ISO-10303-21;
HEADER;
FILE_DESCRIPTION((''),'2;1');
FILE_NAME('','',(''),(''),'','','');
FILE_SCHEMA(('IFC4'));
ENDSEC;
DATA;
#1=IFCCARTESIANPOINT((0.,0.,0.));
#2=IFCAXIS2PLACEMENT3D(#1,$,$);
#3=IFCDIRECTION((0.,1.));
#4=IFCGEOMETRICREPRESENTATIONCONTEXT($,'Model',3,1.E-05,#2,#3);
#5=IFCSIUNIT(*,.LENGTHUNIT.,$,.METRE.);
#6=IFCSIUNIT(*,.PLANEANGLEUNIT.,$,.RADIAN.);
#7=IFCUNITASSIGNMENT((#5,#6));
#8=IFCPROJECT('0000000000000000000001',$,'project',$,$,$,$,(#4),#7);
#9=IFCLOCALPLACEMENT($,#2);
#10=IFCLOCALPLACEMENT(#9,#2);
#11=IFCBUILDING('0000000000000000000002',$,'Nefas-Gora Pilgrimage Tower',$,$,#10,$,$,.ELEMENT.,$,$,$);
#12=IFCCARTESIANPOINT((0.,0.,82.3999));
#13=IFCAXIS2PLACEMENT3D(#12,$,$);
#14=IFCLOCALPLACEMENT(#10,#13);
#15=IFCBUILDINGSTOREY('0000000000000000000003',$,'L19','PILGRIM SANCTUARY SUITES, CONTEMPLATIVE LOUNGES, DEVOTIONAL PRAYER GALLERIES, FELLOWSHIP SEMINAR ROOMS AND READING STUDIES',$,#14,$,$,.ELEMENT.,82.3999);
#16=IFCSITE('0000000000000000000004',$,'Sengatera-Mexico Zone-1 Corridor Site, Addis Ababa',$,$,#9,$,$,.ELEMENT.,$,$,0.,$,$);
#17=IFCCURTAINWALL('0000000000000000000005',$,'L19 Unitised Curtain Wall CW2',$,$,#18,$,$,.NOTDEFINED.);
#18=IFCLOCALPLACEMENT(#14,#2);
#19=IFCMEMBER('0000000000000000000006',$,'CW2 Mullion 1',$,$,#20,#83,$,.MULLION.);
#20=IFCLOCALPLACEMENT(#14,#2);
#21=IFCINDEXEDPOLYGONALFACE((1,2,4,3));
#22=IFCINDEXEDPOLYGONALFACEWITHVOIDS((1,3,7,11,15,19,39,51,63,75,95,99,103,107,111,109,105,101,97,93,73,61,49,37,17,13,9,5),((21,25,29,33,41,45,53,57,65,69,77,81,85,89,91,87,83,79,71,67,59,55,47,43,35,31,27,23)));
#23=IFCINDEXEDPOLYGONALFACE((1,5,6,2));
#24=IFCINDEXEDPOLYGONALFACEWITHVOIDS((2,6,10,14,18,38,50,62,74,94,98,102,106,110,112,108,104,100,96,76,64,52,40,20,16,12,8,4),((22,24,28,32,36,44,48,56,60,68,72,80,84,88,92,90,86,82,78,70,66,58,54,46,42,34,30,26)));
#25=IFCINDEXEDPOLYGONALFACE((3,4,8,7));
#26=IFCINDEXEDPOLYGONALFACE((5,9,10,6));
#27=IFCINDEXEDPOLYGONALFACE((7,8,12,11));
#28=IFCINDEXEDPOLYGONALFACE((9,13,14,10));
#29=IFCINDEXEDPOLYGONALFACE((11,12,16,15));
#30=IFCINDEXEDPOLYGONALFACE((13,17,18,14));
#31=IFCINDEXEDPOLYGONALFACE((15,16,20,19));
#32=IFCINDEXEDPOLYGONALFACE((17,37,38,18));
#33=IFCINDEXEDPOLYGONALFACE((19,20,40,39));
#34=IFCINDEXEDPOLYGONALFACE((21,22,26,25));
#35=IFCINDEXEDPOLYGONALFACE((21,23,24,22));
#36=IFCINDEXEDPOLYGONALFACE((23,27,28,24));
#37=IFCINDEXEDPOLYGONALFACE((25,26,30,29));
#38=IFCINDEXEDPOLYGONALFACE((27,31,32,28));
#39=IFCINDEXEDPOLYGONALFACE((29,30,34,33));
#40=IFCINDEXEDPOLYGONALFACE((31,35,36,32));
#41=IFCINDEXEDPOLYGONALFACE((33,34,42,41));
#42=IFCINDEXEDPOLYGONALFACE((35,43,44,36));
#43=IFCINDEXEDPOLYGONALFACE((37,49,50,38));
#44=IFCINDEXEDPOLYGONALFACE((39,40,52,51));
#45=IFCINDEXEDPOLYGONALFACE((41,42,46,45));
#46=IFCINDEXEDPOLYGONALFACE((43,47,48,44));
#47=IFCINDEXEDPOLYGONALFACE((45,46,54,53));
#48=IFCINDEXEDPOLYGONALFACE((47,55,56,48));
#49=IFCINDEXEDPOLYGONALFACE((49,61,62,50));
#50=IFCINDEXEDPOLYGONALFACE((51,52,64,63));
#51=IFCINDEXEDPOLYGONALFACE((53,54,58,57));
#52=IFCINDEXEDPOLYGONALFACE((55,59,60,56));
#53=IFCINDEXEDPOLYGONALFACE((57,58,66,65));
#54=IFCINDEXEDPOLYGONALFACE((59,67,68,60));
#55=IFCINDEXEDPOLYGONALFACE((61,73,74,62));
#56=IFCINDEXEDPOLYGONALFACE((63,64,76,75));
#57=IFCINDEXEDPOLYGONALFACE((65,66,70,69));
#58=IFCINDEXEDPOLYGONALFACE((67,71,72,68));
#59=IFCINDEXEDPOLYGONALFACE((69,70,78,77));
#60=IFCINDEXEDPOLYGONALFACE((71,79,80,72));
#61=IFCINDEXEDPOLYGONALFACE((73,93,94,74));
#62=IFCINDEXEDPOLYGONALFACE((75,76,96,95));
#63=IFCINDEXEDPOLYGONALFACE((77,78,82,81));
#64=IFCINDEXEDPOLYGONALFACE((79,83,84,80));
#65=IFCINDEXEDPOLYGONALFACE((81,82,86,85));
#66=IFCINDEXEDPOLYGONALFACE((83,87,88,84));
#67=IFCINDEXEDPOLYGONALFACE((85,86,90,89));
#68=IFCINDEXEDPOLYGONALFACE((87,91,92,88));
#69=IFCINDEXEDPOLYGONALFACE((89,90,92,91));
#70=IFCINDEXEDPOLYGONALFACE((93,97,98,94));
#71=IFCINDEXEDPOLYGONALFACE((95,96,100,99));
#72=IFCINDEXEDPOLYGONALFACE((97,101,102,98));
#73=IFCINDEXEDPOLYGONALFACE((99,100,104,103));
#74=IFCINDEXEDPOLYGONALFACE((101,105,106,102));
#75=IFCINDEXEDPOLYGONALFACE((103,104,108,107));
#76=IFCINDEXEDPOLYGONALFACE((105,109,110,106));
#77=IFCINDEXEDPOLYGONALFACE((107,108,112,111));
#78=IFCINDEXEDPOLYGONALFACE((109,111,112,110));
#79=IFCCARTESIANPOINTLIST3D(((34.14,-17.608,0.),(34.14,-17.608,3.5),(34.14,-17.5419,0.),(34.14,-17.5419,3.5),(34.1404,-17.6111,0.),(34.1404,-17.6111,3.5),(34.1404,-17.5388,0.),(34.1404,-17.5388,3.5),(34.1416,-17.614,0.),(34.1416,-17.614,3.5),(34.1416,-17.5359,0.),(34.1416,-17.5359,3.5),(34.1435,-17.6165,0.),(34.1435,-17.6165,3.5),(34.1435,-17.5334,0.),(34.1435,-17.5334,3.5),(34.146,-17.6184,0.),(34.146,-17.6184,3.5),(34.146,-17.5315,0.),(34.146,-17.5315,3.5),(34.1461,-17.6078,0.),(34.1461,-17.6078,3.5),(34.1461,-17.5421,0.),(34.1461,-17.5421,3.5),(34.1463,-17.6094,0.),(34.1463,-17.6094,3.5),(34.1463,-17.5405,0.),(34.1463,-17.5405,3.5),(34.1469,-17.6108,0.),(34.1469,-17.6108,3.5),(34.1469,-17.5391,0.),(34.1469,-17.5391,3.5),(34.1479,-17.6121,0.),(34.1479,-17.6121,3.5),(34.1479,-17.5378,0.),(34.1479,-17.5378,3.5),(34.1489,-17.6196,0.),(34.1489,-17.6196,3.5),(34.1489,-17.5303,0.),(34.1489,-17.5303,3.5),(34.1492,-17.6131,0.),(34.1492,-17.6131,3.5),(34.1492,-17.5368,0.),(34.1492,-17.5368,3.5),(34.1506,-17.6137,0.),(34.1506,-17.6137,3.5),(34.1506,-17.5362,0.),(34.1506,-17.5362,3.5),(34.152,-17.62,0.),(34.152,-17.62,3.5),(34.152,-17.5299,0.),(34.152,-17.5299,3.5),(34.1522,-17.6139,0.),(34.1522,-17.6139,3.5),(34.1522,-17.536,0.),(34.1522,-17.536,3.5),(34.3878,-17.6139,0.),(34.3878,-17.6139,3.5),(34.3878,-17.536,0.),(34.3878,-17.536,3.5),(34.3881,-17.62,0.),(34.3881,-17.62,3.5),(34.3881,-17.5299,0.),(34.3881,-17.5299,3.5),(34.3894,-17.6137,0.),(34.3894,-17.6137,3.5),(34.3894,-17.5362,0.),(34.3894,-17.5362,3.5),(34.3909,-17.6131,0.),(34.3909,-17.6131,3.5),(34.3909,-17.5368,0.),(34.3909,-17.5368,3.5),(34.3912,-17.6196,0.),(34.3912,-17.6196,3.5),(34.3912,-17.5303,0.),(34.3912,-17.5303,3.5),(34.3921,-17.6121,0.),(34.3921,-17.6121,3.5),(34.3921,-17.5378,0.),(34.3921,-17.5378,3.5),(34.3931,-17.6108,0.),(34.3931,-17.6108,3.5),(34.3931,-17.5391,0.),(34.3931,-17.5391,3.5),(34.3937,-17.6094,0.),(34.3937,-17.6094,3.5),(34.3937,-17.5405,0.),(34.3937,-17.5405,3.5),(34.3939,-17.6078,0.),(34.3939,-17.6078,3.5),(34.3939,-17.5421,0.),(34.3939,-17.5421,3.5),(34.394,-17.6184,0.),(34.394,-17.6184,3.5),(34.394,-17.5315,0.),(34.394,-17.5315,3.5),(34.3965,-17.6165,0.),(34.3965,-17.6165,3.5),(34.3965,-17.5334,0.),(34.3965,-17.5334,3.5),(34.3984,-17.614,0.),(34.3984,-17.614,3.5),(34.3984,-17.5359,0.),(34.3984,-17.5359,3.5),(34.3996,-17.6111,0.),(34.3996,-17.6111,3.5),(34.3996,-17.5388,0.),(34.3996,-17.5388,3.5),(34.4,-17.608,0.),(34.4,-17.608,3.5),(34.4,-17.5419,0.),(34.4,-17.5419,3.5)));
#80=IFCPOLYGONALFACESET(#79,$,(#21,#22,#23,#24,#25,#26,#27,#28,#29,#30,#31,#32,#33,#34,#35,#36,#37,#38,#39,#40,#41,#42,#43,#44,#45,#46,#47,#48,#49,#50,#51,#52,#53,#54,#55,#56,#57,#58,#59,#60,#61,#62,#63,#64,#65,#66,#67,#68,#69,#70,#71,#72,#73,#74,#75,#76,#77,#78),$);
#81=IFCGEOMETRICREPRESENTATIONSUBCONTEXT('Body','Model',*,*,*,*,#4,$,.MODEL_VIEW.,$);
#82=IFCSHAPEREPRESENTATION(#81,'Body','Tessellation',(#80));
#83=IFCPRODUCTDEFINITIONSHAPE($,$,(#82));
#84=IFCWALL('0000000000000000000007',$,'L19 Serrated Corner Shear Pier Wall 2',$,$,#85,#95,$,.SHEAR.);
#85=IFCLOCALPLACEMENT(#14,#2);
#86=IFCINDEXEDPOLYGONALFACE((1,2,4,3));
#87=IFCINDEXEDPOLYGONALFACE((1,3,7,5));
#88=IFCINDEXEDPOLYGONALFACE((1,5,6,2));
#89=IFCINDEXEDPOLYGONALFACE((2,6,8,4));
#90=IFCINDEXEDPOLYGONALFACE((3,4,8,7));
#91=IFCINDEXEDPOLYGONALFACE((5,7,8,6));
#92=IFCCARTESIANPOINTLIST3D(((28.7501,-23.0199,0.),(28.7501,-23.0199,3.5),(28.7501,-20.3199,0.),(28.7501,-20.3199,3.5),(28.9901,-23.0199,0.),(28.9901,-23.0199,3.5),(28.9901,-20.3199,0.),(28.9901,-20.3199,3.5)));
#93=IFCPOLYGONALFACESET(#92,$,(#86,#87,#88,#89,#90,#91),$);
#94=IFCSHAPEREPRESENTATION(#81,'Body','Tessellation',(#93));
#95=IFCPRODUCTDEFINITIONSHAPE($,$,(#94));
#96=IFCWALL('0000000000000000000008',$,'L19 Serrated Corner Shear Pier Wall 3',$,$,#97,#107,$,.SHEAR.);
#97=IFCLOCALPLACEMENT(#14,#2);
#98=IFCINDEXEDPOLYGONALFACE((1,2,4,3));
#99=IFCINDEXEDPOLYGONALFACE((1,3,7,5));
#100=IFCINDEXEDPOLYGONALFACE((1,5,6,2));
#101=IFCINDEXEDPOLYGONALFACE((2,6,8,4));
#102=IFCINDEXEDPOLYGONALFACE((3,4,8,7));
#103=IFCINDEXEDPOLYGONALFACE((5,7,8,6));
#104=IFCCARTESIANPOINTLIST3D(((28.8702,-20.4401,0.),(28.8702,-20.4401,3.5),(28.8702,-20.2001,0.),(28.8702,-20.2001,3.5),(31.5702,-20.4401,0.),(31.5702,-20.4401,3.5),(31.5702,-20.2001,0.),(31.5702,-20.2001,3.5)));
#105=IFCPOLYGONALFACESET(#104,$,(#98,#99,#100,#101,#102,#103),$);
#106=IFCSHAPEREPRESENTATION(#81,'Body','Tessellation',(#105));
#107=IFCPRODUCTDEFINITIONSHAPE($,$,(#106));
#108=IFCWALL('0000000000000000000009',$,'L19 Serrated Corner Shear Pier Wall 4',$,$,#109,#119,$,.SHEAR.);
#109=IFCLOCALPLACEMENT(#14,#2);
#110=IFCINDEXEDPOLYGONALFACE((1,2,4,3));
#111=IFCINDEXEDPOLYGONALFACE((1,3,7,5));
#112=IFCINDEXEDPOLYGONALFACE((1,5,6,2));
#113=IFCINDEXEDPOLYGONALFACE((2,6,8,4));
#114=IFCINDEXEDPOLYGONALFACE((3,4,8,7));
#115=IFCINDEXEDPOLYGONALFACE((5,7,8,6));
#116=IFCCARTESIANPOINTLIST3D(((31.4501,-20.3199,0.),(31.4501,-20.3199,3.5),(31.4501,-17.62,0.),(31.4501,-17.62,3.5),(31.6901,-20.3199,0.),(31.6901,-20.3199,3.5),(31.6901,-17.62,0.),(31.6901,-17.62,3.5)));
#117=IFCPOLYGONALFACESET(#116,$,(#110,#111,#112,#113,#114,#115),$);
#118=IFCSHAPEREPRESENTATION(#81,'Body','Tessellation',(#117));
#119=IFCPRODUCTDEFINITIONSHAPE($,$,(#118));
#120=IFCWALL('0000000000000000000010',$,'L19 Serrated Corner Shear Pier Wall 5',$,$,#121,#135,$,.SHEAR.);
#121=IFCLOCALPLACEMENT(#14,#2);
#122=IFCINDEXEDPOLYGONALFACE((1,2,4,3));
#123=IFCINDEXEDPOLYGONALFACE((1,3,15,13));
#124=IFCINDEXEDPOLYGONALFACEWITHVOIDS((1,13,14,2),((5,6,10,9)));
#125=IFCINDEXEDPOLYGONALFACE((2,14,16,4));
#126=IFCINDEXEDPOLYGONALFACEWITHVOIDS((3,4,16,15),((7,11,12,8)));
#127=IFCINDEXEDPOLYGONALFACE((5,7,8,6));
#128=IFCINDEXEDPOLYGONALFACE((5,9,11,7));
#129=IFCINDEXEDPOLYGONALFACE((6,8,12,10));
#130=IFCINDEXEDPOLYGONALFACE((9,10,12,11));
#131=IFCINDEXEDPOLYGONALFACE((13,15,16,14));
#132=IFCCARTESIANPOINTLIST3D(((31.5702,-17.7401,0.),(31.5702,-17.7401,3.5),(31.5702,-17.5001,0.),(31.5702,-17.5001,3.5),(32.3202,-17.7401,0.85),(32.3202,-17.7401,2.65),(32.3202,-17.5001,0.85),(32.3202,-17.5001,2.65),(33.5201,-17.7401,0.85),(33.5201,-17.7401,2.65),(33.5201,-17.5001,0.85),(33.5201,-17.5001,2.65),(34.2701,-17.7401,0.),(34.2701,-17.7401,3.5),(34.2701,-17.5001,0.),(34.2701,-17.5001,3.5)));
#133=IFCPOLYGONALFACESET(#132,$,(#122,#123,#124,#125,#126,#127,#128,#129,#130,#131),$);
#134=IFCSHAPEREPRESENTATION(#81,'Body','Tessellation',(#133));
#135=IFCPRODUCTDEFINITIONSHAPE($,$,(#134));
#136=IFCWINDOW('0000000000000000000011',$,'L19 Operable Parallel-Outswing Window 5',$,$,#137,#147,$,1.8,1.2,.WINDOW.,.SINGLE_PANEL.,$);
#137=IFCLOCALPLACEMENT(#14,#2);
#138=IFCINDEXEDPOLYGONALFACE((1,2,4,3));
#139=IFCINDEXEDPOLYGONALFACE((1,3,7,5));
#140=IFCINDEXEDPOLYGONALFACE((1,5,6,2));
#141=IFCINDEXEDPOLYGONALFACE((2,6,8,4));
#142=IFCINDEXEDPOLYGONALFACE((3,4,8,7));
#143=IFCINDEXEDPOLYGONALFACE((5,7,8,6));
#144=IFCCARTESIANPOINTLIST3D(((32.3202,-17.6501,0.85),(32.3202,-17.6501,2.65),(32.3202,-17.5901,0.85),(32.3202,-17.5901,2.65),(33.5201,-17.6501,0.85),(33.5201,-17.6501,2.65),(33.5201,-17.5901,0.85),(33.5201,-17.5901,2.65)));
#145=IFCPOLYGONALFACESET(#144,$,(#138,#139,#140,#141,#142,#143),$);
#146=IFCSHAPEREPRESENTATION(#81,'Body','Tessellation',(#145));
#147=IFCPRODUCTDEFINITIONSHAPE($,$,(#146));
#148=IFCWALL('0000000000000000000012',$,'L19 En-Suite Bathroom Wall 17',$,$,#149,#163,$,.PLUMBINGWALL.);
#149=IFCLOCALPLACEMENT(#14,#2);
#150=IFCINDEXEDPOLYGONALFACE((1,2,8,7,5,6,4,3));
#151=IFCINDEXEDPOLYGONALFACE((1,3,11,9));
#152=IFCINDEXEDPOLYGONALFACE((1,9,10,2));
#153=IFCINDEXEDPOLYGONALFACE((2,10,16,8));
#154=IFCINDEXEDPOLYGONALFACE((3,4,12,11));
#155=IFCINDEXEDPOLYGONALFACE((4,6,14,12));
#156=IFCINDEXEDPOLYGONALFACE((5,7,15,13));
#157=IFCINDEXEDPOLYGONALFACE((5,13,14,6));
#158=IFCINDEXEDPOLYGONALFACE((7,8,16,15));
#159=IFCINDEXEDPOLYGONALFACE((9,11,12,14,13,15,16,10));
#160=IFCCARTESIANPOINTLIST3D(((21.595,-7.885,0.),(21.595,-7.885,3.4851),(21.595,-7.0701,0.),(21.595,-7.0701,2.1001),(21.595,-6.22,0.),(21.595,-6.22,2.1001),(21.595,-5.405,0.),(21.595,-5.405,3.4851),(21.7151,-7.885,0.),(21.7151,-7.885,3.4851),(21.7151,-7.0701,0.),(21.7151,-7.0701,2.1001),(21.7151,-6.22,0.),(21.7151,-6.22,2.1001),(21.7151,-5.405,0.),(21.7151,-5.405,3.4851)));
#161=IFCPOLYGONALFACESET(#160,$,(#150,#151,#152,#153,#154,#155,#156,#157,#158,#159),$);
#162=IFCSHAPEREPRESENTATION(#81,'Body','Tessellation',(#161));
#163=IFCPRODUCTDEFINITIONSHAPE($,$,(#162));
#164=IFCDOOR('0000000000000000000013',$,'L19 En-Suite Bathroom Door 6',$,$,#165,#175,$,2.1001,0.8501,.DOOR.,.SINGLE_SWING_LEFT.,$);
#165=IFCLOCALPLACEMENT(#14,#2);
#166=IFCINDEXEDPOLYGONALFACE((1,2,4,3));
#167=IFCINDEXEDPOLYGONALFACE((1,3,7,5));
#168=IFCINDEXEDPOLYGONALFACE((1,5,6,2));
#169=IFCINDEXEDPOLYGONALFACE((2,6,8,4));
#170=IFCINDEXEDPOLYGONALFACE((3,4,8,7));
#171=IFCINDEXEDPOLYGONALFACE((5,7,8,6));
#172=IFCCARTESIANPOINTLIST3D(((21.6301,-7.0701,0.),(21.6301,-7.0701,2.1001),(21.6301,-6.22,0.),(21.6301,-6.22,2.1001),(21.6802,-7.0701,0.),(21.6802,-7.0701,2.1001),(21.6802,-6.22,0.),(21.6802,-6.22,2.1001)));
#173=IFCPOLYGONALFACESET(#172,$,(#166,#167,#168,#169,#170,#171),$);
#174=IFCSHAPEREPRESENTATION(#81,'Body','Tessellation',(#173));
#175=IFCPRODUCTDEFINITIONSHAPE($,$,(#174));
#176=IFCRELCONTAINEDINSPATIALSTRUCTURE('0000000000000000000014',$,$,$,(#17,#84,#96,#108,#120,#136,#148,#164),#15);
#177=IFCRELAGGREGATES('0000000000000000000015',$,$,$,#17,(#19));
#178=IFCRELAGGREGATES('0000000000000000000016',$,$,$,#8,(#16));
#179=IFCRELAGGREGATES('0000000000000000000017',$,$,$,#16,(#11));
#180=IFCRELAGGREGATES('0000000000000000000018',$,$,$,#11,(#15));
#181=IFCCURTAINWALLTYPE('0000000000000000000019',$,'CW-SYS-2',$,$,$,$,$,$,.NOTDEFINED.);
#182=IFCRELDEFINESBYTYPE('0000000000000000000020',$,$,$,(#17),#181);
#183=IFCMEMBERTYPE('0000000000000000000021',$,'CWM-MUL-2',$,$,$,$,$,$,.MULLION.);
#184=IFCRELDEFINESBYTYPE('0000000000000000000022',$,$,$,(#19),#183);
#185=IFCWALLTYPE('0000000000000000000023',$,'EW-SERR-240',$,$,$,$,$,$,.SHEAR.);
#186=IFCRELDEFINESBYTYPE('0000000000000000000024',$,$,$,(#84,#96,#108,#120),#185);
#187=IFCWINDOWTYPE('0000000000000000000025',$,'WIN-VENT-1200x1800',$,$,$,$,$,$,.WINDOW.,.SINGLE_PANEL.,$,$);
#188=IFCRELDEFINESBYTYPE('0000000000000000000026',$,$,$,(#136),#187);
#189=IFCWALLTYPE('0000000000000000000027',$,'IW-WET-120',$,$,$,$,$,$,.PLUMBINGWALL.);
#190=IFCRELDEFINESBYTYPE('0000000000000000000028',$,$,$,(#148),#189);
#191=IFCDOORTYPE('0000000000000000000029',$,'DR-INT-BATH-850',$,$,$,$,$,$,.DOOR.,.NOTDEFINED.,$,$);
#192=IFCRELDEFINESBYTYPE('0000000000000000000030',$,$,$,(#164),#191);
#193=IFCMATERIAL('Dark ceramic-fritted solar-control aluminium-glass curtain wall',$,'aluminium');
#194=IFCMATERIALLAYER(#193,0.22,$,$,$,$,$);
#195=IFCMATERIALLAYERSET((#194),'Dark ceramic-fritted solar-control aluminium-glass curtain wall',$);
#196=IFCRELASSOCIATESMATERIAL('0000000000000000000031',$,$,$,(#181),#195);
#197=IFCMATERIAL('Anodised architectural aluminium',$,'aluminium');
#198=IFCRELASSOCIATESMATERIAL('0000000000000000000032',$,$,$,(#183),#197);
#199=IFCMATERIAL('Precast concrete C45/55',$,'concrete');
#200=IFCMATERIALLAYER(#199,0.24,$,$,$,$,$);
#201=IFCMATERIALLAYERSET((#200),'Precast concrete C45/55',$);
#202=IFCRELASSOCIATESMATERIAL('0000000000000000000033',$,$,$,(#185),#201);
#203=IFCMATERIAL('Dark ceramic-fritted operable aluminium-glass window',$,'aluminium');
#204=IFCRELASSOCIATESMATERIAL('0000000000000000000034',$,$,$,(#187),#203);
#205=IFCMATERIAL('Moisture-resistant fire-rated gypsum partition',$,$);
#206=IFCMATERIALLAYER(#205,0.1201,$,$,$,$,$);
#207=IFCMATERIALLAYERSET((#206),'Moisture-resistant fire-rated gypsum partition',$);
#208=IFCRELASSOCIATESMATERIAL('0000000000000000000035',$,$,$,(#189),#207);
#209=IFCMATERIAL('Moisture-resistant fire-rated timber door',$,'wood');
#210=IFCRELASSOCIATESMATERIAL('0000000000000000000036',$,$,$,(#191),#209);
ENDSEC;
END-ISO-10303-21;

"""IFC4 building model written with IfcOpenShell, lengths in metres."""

from ifc_helpers import new_model, si_unit, direction, frame, frame_2d, origin, origin_2d, place, context, subcontext, project, spatial, rectangle, hollow_rectangle, extrude, source, transform, mapped, material, layer, layer_set, material_profile, profile_set, type_object, element, fill, aggregate, save


model = new_model("IFC4")

# Units and contexts
model_context = context("Model", 3, precision=1e-05, world=origin(), true_north=direction((0.0, 1.0)))
body_context = subcontext(model_context, "Body", "Model", "MODEL_VIEW")
ifc_project = project(units=[si_unit("LENGTHUNIT", "METRE"), si_unit("PLANEANGLEUNIT", "RADIAN")], contexts=[model_context])

# Site, building, storey
site_placement = place(None, origin())
site = spatial("IfcSite", under=ifc_project, at=site_placement, Name="Sengatera-Mexico Zone-1 Corridor Site, Addis Ababa", CompositionType="ELEMENT", RefElevation=0.0)
building_placement = place(site_placement, origin())
building = spatial("IfcBuilding", under=site, at=building_placement, Name="Nefas-Gora Pilgrimage Tower", CompositionType="ELEMENT")
storey_placement = place(building_placement, frame((0.0, 0.0, 82.3999)))
storey = spatial("IfcBuildingStorey", under=building, at=storey_placement, Name="L19", Description="PILGRIM SANCTUARY SUITES, CONTEMPLATIVE LOUNGES, DEVOTIONAL PRAYER GALLERIES, FELLOWSHIP SEMINAR ROOMS AND READING STUDIES", CompositionType="ELEMENT", Elevation=82.3999)

# Curtain wall
ifc_material_1 = material(Name="Dark ceramic-fritted solar-control aluminium-glass curtain wall", Category="aluminium")
ifc_layer_1 = layer(ifc_material_1, 0.22)
ifc_layer_set_1 = layer_set([ifc_layer_1], Name="Dark ceramic-fritted solar-control aluminium-glass curtain wall")
curtain_wall_type = type_object("IfcCurtainWallType", Name="CW-SYS-2", PredefinedType="NOTDEFINED", material=ifc_layer_set_1)
curtain_wall_1_placement = place(storey_placement, origin())
curtain_wall_1 = element("IfcCurtainWall", 1, at=curtain_wall_1_placement, inside=storey, type_object=curtain_wall_type, Name="L19 Unitised Curtain Wall CW2", PredefinedType="NOTDEFINED")
ifc_material_2 = material(Name="Anodised architectural aluminium", Category="aluminium")
ifc_material_profile_1 = material_profile(ifc_material_2, hollow_rectangle(XDim=0.0901, YDim=0.26, WallThickness=0.0061, InnerFilletRadius=0.0061, OuterFilletRadius=0.012, at=origin_2d()), Name="ALU MULLION 90x260")
ifc_profile_set_1 = profile_set([ifc_material_profile_1], Name="Anodised architectural aluminium")
member_type_1 = type_object("IfcMemberType", Name="CWM-MUL-2", PredefinedType="MULLION", material=ifc_profile_set_1)
shared_shape_1 = source(origin(), body_context, "Body", "SweptSolid", [
    extrude(hollow_rectangle(XDim=0.0901, YDim=0.26, WallThickness=0.0061, InnerFilletRadius=0.0061, OuterFilletRadius=0.012, at=origin_2d()), origin(), (0.0, 0.0, 1.0), 3.5),
])

# Member
member_1_placement = place(storey_placement, frame((34.27, -17.575, 0.0), z_axis=(0.0, 0.0, 1.0), x_axis=(0.0, 1.0, 0.0)))
member_1 = element("IfcMember", 2, at=member_1_placement, type_object=member_type_1, Name="CW2 Mullion 1", PredefinedType="MULLION", context=body_context, shape_type="MappedRepresentation", body=[
    mapped(shared_shape_1, transform((0.0, 0.0, 0.0), x_axis=(1.0, 0.0, 0.0), y_axis=(0.0, 1.0, 0.0), z_axis=(0.0, 0.0, 1.0), scale=1.0)),
])
aggregate(curtain_wall_1, [member_1])

# Walls
ifc_material_3 = material(Name="Precast concrete C45/55", Category="concrete")
ifc_layer_2 = layer(ifc_material_3, 0.24)
ifc_layer_set_2 = layer_set([ifc_layer_2], Name="Precast concrete C45/55")
wall_type_1 = type_object("IfcWallType", Name="EW-SERR-240", PredefinedType="SHEAR", material=ifc_layer_set_2)
shared_shape_2 = source(origin(), body_context, "Body", "SweptSolid", [
    extrude(rectangle(XDim=2.7, YDim=0.24, at=frame_2d((1.3501, 0.0))), origin(), (0.0, 0.0, 1.0), 3.5),
])
for number, where, z_axis, x_axis, name in (
    (3, (28.8701, -23.02, 0.0), (0.0, 0.0, 1.0), (0.0, 1.0, 0.0), "L19 Serrated Corner Shear Pier Wall 2"),
    (4, (28.8701, -20.3201, 0.0), (0.0, 0.0, 1.0), (1.0, 0.0, 0.0), "L19 Serrated Corner Shear Pier Wall 3"),
    (5, (31.5701, -20.3201, 0.0), (0.0, 0.0, 1.0), (0.0, 1.0, 0.0), "L19 Serrated Corner Shear Pier Wall 4"),
):
    element("IfcWall", number, at=place(storey_placement, frame(where, z_axis=z_axis, x_axis=x_axis)), inside=storey, type_object=wall_type_1, Name=name, PredefinedType="SHEAR", context=body_context, shape_type="MappedRepresentation", body=[
        mapped(shared_shape_2, transform((0.0, 0.0, 0.0), x_axis=(1.0, 0.0, 0.0), y_axis=(0.0, 1.0, 0.0), z_axis=(0.0, 0.0, 1.0), scale=1.0)),
    ])

# Wall, opening, window
wall_1_placement = place(storey_placement, frame((31.5701, -17.6201, 0.0), z_axis=(0.0, 0.0, 1.0), x_axis=(1.0, 0.0, 0.0)))
wall_1 = element("IfcWall", 6, at=wall_1_placement, inside=storey, type_object=wall_type_1, Name="L19 Serrated Corner Shear Pier Wall 5", PredefinedType="SHEAR", context=body_context, shape_type="MappedRepresentation", body=[
    mapped(shared_shape_2, transform((0.0, 0.0, 0.0), x_axis=(1.0, 0.0, 0.0), y_axis=(0.0, 1.0, 0.0), z_axis=(0.0, 0.0, 1.0), scale=1.0)),
])
opening_1_placement = place(wall_1_placement, frame((0.75, 0.0, 0.8501)))
opening_1 = element("IfcOpeningElement", 7, at=opening_1_placement, cuts=wall_1, PredefinedType="OPENING", context=body_context, shape_type="SweptSolid", body=[
    extrude(rectangle(XDim=1.2, YDim=1.8, at=frame_2d((0.6001, 0.8999))), frame((0.0, 0.1299, 0.0), z_axis=(0.0, -1.0, 0.0), x_axis=(1.0, 0.0, 0.0)), (0.0, 0.0, 1.0), 0.26),
])
ifc_material_4 = material(Name="Dark ceramic-fritted operable aluminium-glass window", Category="aluminium")
window_type = type_object("IfcWindowType", Name="WIN-VENT-1200x1800", PartitioningType="SINGLE_PANEL", PredefinedType="WINDOW", material=ifc_material_4)
shared_shape_3 = source(origin(), body_context, "Body", "SweptSolid", [
    extrude(rectangle(XDim=1.2, YDim=1.8, at=frame_2d((0.6001, 0.8999))), frame((0.0, 0.03, 0.0), z_axis=(0.0, -1.0, 0.0), x_axis=(1.0, 0.0, 0.0)), (0.0, 0.0, 1.0), 0.0601),
])
window_placement = place(opening_1_placement, origin())
window = element("IfcWindow", 8, at=window_placement, inside=storey, type_object=window_type, Name="L19 Operable Parallel-Outswing Window 5", OverallHeight=1.8, OverallWidth=1.2, PartitioningType="SINGLE_PANEL", PredefinedType="WINDOW", context=body_context, shape_type="MappedRepresentation", body=[
    mapped(shared_shape_3, transform((0.0, 0.0, 0.0), x_axis=(1.0, 0.0, 0.0), y_axis=(0.0, 1.0, 0.0), z_axis=(0.0, 0.0, 1.0), scale=1.0)),
])
fill(opening_1, window)

# Wall, opening, door
ifc_material_5 = material(Name="Moisture-resistant fire-rated gypsum partition")
ifc_layer_3 = layer(ifc_material_5, 0.1201)
ifc_layer_set_3 = layer_set([ifc_layer_3], Name="Moisture-resistant fire-rated gypsum partition")
wall_type_2 = type_object("IfcWallType", Name="IW-WET-120", PredefinedType="PLUMBINGWALL", material=ifc_layer_set_3)
shared_shape_4 = source(origin(), body_context, "Body", "SweptSolid", [
    extrude(rectangle(XDim=2.48, YDim=0.1201, at=frame_2d((1.24, 0.0))), origin(), (0.0, 0.0, 1.0), 3.4851),
])
wall_2_placement = place(storey_placement, frame((21.655, -7.885, 0.0), z_axis=(0.0, 0.0, 1.0), x_axis=(0.0, 1.0, 0.0)))
wall_2 = element("IfcWall", 9, at=wall_2_placement, inside=storey, type_object=wall_type_2, Name="L19 En-Suite Bathroom Wall 17", PredefinedType="PLUMBINGWALL", context=body_context, shape_type="MappedRepresentation", body=[
    mapped(shared_shape_4, transform((0.0, 0.0, 0.0), x_axis=(1.0, 0.0, 0.0), y_axis=(0.0, 1.0, 0.0), z_axis=(0.0, 0.0, 1.0), scale=1.0)),
])
opening_2_placement = place(wall_2_placement, frame((0.8149, 0.0, 0.0)))
opening_2 = element("IfcOpeningElement", 10, at=opening_2_placement, cuts=wall_2, PredefinedType="OPENING", context=body_context, shape_type="SweptSolid", body=[
    extrude(rectangle(XDim=0.8501, YDim=2.1001, at=frame_2d((0.425, 1.05))), frame((0.0, 0.0701, 0.0), z_axis=(0.0, -1.0, 0.0), x_axis=(1.0, 0.0, 0.0)), (0.0, 0.0, 1.0), 0.1401),
])
ifc_material_6 = material(Name="Moisture-resistant fire-rated timber door", Category="wood")
door_type_1 = type_object("IfcDoorType", Name="DR-INT-BATH-850", OperationType="NOTDEFINED", PredefinedType="DOOR", material=ifc_material_6)
shared_shape_5 = source(origin(), body_context, "Body", "SweptSolid", [
    extrude(rectangle(XDim=0.8501, YDim=2.1001, at=frame_2d((0.425, 1.05))), frame((0.0, 0.0249, 0.0), z_axis=(0.0, -1.0, 0.0), x_axis=(1.0, 0.0, 0.0)), (0.0, 0.0, 1.0), 0.05),
])
door_1_placement = place(opening_2_placement, origin())
door_1 = element("IfcDoor", 11, at=door_1_placement, inside=storey, type_object=door_type_1, Name="L19 En-Suite Bathroom Door 6", OperationType="SINGLE_SWING_LEFT", OverallHeight=2.1001, OverallWidth=0.8501, PredefinedType="DOOR", context=body_context, shape_type="MappedRepresentation", body=[
    mapped(shared_shape_5, transform((0.0, 0.0, 0.0), x_axis=(1.0, 0.0, 0.0), y_axis=(0.0, 1.0, 0.0), z_axis=(0.0, 0.0, 1.0), scale=1.0)),
])
fill(opening_2, door_1)

save(model, "model.ifc")
